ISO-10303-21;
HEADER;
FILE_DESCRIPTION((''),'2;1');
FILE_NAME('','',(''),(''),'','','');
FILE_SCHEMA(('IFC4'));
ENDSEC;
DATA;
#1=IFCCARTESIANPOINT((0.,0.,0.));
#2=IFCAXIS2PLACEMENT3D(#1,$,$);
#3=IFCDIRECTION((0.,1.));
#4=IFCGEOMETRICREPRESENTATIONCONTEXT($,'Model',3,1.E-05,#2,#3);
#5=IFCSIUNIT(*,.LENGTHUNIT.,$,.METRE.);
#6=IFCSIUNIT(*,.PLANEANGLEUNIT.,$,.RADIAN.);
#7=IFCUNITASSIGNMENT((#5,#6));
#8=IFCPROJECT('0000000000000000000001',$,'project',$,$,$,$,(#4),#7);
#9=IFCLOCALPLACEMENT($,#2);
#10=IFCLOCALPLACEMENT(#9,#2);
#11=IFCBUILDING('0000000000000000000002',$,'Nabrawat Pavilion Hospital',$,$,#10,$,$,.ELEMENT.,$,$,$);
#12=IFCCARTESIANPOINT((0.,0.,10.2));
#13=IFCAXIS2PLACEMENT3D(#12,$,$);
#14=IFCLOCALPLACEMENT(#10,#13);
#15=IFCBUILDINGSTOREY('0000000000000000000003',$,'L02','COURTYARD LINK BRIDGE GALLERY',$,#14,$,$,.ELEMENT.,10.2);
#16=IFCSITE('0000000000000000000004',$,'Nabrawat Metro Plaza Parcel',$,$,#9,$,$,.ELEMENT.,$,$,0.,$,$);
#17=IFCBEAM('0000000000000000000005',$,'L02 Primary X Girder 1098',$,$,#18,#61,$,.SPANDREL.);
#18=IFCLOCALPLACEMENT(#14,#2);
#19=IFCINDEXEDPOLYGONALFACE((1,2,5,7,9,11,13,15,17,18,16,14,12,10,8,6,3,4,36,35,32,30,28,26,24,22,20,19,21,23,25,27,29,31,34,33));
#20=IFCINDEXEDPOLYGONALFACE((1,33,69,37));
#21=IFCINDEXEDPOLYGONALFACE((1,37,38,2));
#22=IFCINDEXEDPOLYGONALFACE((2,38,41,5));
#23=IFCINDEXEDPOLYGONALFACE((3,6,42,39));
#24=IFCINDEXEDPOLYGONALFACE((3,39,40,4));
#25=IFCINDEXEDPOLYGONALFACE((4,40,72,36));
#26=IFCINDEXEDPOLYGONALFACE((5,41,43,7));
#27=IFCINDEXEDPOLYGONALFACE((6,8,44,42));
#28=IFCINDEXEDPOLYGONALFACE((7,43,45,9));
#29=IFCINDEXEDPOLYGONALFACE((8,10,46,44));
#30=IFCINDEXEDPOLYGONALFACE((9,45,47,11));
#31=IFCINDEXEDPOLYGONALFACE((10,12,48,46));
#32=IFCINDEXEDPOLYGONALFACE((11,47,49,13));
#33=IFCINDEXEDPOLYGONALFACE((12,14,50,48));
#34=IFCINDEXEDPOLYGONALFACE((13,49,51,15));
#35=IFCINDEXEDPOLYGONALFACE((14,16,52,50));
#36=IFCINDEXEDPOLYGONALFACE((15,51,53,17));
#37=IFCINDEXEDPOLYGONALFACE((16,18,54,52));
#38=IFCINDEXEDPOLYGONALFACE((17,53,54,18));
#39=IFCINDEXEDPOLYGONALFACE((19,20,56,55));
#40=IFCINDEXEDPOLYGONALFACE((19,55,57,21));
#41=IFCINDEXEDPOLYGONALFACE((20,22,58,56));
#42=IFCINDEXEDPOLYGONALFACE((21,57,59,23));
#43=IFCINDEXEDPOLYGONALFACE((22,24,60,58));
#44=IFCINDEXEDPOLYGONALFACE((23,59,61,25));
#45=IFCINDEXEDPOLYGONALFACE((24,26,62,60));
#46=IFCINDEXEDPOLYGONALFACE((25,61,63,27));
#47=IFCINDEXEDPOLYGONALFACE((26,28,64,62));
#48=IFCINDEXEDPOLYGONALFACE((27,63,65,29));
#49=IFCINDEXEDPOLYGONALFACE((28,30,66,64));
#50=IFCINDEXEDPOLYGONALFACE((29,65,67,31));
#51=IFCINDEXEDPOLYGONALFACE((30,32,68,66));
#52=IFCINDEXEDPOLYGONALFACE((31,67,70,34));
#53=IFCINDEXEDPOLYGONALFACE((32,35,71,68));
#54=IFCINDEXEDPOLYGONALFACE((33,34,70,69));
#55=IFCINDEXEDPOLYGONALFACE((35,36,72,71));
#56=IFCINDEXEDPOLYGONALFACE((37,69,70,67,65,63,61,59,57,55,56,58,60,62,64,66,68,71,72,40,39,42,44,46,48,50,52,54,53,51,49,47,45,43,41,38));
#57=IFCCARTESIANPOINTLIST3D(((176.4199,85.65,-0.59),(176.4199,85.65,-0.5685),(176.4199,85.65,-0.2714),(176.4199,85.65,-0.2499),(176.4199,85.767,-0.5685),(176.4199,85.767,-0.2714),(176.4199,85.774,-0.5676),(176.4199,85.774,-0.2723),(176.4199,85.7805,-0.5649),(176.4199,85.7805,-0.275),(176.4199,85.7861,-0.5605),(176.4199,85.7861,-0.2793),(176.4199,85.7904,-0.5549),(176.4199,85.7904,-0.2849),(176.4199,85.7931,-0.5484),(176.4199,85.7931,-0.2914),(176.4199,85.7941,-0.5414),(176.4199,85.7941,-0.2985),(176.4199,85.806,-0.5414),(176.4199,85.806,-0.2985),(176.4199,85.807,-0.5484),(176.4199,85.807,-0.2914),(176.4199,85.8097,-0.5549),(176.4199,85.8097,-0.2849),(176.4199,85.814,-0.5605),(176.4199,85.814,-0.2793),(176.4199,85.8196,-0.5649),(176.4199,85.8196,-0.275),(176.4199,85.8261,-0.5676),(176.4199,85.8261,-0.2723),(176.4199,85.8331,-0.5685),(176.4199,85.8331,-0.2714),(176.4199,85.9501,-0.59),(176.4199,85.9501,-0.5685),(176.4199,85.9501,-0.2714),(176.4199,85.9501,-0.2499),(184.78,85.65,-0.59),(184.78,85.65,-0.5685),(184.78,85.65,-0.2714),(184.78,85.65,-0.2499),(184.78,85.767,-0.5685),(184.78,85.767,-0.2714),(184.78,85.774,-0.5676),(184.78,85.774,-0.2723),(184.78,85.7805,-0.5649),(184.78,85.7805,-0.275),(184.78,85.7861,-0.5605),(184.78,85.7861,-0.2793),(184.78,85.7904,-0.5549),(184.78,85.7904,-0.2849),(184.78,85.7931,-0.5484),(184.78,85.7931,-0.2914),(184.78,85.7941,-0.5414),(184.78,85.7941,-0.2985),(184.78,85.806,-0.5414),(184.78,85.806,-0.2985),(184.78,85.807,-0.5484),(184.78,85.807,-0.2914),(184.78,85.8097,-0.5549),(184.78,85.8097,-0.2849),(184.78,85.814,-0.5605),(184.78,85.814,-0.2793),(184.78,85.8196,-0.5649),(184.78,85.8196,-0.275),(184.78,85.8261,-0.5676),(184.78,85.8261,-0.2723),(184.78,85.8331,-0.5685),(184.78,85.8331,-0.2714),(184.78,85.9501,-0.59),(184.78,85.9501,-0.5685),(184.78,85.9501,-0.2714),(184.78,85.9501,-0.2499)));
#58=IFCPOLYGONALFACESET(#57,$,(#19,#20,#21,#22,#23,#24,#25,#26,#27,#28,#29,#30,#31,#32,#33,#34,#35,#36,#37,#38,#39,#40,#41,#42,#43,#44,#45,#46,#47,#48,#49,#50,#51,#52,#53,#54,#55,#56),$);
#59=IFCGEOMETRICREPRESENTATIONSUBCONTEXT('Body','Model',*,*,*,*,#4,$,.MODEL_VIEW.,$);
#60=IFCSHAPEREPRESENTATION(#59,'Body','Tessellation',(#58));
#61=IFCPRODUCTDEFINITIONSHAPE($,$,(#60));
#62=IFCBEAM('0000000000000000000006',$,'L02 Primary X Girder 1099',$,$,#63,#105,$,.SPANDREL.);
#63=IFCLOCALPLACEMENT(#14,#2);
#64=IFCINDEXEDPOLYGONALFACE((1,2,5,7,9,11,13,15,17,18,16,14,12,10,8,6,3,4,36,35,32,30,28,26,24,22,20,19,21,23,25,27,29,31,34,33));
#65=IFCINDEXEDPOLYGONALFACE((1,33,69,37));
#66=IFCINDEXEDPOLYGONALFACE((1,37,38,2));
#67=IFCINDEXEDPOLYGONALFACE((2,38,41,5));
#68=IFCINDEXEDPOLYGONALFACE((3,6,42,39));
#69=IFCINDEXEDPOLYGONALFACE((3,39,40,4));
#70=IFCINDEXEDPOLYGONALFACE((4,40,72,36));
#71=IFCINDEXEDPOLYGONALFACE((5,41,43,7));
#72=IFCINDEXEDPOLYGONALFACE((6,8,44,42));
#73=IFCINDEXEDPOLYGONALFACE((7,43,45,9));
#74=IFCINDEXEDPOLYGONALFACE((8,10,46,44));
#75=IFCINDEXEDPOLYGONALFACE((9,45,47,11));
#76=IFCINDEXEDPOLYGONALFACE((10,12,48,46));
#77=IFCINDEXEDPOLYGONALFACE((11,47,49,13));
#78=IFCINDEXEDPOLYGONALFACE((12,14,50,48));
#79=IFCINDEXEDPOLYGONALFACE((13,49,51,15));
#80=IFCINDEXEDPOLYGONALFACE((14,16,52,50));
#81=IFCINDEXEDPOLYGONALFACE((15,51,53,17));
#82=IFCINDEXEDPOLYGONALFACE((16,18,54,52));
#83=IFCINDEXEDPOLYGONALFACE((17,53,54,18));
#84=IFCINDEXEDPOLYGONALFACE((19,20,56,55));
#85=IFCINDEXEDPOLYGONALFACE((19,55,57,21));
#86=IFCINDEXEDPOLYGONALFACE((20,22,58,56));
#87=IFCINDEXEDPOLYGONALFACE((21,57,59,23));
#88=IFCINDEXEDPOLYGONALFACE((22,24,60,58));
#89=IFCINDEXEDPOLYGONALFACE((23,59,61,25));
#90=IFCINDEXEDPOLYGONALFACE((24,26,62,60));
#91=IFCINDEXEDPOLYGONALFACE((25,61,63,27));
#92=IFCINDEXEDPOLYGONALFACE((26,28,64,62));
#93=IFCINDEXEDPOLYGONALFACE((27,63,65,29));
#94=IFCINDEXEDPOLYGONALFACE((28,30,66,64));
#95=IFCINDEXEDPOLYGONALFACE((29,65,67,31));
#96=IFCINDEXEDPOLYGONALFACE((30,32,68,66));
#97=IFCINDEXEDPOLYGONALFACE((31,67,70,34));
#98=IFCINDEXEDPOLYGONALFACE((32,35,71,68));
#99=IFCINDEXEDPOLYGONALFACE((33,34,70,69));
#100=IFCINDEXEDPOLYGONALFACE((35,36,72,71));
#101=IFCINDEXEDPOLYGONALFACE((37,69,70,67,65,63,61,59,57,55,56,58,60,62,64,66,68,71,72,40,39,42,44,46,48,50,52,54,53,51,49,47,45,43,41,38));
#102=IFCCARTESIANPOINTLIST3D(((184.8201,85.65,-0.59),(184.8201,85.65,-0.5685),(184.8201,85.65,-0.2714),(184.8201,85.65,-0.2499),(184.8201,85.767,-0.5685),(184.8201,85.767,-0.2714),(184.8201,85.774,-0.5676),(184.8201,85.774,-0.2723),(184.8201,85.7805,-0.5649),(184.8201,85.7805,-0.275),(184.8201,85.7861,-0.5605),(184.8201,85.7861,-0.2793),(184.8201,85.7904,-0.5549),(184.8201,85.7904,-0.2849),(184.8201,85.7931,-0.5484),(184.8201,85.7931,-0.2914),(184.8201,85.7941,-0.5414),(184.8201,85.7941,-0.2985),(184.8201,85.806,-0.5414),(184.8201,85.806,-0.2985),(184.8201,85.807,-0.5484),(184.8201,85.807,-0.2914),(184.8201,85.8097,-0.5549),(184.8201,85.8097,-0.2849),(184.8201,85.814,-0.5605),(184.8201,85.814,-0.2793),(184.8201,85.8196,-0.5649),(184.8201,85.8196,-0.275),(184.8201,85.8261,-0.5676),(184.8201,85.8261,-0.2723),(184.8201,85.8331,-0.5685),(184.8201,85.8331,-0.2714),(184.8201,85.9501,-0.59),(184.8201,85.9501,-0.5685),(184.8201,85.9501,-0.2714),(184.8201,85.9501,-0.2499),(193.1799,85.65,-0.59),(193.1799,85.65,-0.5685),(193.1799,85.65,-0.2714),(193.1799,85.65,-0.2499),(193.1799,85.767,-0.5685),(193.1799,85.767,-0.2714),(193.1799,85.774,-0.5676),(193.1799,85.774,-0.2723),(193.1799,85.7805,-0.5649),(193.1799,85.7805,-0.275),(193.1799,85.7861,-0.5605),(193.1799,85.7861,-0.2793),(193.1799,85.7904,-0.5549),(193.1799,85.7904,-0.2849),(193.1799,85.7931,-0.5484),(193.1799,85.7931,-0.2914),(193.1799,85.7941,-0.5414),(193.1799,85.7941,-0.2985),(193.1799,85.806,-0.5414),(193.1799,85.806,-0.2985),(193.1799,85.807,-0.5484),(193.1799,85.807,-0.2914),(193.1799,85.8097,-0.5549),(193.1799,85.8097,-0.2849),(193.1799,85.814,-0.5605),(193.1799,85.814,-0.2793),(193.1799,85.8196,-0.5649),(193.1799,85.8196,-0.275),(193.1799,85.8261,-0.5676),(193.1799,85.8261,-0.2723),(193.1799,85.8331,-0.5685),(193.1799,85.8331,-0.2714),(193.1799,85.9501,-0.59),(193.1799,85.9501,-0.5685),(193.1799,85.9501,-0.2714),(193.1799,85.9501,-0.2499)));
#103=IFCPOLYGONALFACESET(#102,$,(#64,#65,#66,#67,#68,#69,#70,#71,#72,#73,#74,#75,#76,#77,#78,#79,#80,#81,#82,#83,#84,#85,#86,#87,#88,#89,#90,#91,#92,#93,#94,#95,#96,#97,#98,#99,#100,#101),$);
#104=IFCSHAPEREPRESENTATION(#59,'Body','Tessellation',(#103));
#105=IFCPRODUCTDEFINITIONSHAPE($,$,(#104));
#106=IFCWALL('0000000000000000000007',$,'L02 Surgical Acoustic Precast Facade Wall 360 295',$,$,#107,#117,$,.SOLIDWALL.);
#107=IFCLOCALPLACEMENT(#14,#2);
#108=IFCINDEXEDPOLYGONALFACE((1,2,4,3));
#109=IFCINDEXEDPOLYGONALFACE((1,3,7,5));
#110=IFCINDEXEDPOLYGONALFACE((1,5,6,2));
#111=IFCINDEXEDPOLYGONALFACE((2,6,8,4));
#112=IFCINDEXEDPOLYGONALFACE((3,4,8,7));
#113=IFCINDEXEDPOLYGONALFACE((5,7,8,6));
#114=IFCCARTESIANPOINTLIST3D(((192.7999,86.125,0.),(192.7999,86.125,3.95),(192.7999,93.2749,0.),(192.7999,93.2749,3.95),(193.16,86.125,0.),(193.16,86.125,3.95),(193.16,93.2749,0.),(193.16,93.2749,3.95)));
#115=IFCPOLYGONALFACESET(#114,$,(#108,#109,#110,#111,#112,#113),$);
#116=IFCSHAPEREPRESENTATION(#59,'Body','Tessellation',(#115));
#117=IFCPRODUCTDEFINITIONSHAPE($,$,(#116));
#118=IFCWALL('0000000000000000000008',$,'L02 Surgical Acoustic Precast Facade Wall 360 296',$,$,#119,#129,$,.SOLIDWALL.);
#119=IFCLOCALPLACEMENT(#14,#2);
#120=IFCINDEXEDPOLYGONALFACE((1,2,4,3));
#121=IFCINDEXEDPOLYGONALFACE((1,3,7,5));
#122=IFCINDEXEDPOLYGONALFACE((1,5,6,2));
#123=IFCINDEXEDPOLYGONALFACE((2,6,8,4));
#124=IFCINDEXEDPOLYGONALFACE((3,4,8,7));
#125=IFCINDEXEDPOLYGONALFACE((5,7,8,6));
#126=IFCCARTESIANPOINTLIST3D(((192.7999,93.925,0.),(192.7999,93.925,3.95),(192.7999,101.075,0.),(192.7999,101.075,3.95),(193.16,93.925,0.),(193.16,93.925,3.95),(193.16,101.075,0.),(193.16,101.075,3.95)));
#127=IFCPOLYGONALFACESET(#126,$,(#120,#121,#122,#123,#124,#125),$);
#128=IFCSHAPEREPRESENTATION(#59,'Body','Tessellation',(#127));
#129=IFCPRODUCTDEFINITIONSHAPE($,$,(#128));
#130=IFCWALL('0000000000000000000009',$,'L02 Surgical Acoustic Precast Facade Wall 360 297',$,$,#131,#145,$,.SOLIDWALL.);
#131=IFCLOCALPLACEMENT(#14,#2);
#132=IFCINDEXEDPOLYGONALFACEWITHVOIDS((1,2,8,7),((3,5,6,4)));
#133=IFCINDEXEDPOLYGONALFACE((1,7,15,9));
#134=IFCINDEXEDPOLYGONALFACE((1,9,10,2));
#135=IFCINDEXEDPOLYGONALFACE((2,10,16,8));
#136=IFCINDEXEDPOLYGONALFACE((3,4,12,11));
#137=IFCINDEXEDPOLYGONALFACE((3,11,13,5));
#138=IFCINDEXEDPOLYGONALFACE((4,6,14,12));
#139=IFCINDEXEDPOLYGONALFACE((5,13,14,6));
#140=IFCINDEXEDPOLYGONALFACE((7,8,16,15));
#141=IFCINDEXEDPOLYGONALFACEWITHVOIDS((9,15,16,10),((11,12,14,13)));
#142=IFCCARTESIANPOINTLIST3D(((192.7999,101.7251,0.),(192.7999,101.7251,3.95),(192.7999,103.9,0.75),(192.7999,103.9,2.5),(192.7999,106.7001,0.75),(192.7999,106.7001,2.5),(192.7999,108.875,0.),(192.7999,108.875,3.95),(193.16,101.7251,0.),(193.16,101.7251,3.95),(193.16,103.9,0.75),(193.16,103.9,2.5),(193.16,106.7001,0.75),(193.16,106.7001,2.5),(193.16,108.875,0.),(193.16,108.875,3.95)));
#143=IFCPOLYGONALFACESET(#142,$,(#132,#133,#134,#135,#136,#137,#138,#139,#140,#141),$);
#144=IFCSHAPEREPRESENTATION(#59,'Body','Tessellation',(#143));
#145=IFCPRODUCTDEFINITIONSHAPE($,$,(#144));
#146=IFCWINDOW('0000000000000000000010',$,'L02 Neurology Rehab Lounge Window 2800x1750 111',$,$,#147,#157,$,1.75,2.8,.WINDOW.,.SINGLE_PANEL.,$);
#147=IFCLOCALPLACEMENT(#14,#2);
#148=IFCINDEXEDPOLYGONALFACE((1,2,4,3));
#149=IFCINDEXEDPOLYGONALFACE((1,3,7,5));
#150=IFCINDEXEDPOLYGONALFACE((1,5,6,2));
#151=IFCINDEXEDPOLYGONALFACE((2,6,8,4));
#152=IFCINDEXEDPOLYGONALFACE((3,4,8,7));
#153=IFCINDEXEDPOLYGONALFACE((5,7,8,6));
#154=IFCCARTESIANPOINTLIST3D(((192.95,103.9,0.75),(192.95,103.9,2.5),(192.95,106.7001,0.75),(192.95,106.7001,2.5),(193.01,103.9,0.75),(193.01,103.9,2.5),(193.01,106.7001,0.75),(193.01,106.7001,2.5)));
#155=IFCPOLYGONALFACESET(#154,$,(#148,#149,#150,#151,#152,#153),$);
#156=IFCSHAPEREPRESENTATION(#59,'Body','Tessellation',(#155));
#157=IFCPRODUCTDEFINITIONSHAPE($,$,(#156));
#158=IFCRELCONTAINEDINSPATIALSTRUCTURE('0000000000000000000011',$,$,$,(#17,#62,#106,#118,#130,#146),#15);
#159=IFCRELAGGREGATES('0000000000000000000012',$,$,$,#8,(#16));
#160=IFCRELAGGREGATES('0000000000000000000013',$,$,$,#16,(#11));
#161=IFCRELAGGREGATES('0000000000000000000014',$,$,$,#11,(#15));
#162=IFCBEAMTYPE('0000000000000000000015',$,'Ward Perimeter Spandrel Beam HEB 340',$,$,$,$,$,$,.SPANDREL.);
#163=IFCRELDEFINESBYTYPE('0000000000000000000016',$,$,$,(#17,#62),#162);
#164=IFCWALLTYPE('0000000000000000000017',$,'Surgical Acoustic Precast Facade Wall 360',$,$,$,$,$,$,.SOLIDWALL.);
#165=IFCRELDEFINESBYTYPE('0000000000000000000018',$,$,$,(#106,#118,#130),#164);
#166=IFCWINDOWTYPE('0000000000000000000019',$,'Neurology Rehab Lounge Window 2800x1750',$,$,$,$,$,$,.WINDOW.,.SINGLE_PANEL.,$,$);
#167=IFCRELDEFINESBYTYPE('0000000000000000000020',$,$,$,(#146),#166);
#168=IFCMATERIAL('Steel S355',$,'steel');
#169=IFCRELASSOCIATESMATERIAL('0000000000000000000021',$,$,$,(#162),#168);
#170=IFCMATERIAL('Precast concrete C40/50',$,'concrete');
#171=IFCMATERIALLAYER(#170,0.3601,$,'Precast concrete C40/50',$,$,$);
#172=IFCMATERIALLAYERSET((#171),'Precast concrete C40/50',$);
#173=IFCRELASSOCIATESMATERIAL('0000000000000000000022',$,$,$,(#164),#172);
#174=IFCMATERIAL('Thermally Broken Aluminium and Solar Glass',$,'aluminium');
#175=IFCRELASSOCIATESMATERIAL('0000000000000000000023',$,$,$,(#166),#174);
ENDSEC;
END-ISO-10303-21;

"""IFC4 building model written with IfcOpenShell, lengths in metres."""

from ifc_helpers import new_model, si_unit, direction, frame, frame_2d, origin, origin_2d, place, context, subcontext, project, spatial, rectangle, i_section, extrude, material, layer, layer_set, material_profile, profile_set, type_object, element, fill, save


model = new_model("IFC4")

# Units and contexts
model_context = context("Model", 3, precision=1e-05, world=origin(), true_north=direction((0.0, 1.0)))
body_context = subcontext(model_context, "Body", "Model", "MODEL_VIEW")
ifc_project = project(units=[si_unit("LENGTHUNIT", "METRE"), si_unit("PLANEANGLEUNIT", "RADIAN")], contexts=[model_context])

# Site, building, storey
site_placement = place(None, origin())
site = spatial("IfcSite", under=ifc_project, at=site_placement, Name="Nabrawat Metro Plaza Parcel", CompositionType="ELEMENT", RefElevation=0.0)
building_placement = place(site_placement, origin())
building = spatial("IfcBuilding", under=site, at=building_placement, Name="Nabrawat Pavilion Hospital", CompositionType="ELEMENT")
storey_placement = place(building_placement, frame((0.0, 0.0, 10.2)))
storey = spatial("IfcBuildingStorey", under=building, at=storey_placement, Name="L02", Description="COURTYARD LINK BRIDGE GALLERY", CompositionType="ELEMENT", Elevation=10.2)

# Shared definitions
ifc_material_1 = material(Name="Steel S355", Category="steel")

# Beams
ifc_material_profile_1 = material_profile(ifc_material_1, i_section(OverallWidth=0.3, OverallDepth=0.3401, WebThickness=0.012, FlangeThickness=0.0215, FilletRadius=0.0271, at=origin_2d()), Name="HEB 340")
ifc_profile_set_1 = profile_set([ifc_material_profile_1], Name="Steel S355")
beam_type_1 = type_object("IfcBeamType", Name="Ward Perimeter Spandrel Beam HEB 340", PredefinedType="SPANDREL", material=ifc_profile_set_1)
beam_1_placement = place(storey_placement, frame((176.4199, 85.8, -0.4199), z_axis=(1.0, 0.0, 0.0), x_axis=(0.0, 1.0, 0.0)))
element("IfcBeam", 1, at=beam_1_placement, inside=storey, type_object=beam_type_1, Name="L02 Primary X Girder 1098", PredefinedType="SPANDREL", context=body_context, shape_type="SweptSolid", body=[
    extrude(i_section(OverallWidth=0.3, OverallDepth=0.3401, WebThickness=0.012, FlangeThickness=0.0215, FilletRadius=0.0271, at=origin_2d()), origin(), (0.0, 0.0, 1.0), 8.3601),
])
beam_2_placement = place(storey_placement, frame((184.8201, 85.8, -0.4199), z_axis=(1.0, 0.0, 0.0), x_axis=(0.0, 1.0, 0.0)))
element("IfcBeam", 2, at=beam_2_placement, inside=storey, type_object=beam_type_1, Name="L02 Primary X Girder 1099", PredefinedType="SPANDREL", context=body_context, shape_type="SweptSolid", body=[
    extrude(i_section(OverallWidth=0.3, OverallDepth=0.3401, WebThickness=0.012, FlangeThickness=0.0215, FilletRadius=0.0271, at=origin_2d()), origin(), (0.0, 0.0, 1.0), 8.3599),
])

# Walls
ifc_material_2 = material(Name="Precast concrete C40/50", Category="concrete")
ifc_layer = layer(ifc_material_2, 0.3601, Name="Precast concrete C40/50")
ifc_layer_set = layer_set([ifc_layer], Name="Precast concrete C40/50")
wall_type = type_object("IfcWallType", Name="Surgical Acoustic Precast Facade Wall 360", PredefinedType="SOLIDWALL", material=ifc_layer_set)
for number, where, z_axis, x_axis, name in (
    (3, (192.98, 86.125, 0.0), (0.0, 0.0, 1.0), (0.0, 1.0, 0.0), "L02 Surgical Acoustic Precast Facade Wall 360 295"),
    (4, (192.98, 93.925, 0.0), (0.0, 0.0, 1.0), (0.0, 1.0, 0.0), "L02 Surgical Acoustic Precast Facade Wall 360 296"),
):
    element("IfcWall", number, at=place(storey_placement, frame(where, z_axis=z_axis, x_axis=x_axis)), inside=storey, type_object=wall_type, Name=name, PredefinedType="SOLIDWALL", context=body_context, shape_type="SweptSolid", body=[
        extrude(rectangle(XDim=7.1499, YDim=0.3601, at=frame_2d((3.575, 0.0))), origin(), (0.0, 0.0, 1.0), 3.95),
    ])

# Wall, opening, window
wall_placement = place(storey_placement, frame((192.98, 101.7251, 0.0), z_axis=(0.0, 0.0, 1.0), x_axis=(0.0, 1.0, 0.0)))
wall = element("IfcWall", 5, at=wall_placement, inside=storey, type_object=wall_type, Name="L02 Surgical Acoustic Precast Facade Wall 360 297", PredefinedType="SOLIDWALL", context=body_context, shape_type="SweptSolid", body=[
    extrude(rectangle(XDim=7.1499, YDim=0.3601, at=frame_2d((3.575, 0.0))), origin(), (0.0, 0.0, 1.0), 3.95),
])
opening_placement = place(wall_placement, frame((2.175, 0.0, 0.75)))
opening = element("IfcOpeningElement", 6, at=opening_placement, cuts=wall, PredefinedType="OPENING", context=body_context, shape_type="SweptSolid", body=[
    extrude(rectangle(XDim=2.8, YDim=1.75, at=frame_2d((1.3999, 0.875))), frame((0.0, 0.1899, 0.0), z_axis=(0.0, -1.0, 0.0), x_axis=(1.0, 0.0, 0.0)), (0.0, 0.0, 1.0), 0.3801),
])
ifc_material_3 = material(Name="Thermally Broken Aluminium and Solar Glass", Category="aluminium")
window_type = type_object("IfcWindowType", Name="Neurology Rehab Lounge Window 2800x1750", PartitioningType="SINGLE_PANEL", PredefinedType="WINDOW", material=ifc_material_3)
window_placement = place(opening_placement, origin())
window = element("IfcWindow", 7, at=window_placement, inside=storey, type_object=window_type, Name="L02 Neurology Rehab Lounge Window 2800x1750 111", OverallHeight=1.75, OverallWidth=2.8, PartitioningType="SINGLE_PANEL", PredefinedType="WINDOW", context=body_context, shape_type="SweptSolid", body=[
    extrude(rectangle(XDim=2.8, YDim=1.75, at=frame_2d((1.3999, 0.875))), frame((0.0, 0.03, 0.0), z_axis=(0.0, -1.0, 0.0), x_axis=(1.0, 0.0, 0.0)), (0.0, 0.0, 1.0), 0.0601),
])
fill(opening, window)

save(model, "model.ifc")
